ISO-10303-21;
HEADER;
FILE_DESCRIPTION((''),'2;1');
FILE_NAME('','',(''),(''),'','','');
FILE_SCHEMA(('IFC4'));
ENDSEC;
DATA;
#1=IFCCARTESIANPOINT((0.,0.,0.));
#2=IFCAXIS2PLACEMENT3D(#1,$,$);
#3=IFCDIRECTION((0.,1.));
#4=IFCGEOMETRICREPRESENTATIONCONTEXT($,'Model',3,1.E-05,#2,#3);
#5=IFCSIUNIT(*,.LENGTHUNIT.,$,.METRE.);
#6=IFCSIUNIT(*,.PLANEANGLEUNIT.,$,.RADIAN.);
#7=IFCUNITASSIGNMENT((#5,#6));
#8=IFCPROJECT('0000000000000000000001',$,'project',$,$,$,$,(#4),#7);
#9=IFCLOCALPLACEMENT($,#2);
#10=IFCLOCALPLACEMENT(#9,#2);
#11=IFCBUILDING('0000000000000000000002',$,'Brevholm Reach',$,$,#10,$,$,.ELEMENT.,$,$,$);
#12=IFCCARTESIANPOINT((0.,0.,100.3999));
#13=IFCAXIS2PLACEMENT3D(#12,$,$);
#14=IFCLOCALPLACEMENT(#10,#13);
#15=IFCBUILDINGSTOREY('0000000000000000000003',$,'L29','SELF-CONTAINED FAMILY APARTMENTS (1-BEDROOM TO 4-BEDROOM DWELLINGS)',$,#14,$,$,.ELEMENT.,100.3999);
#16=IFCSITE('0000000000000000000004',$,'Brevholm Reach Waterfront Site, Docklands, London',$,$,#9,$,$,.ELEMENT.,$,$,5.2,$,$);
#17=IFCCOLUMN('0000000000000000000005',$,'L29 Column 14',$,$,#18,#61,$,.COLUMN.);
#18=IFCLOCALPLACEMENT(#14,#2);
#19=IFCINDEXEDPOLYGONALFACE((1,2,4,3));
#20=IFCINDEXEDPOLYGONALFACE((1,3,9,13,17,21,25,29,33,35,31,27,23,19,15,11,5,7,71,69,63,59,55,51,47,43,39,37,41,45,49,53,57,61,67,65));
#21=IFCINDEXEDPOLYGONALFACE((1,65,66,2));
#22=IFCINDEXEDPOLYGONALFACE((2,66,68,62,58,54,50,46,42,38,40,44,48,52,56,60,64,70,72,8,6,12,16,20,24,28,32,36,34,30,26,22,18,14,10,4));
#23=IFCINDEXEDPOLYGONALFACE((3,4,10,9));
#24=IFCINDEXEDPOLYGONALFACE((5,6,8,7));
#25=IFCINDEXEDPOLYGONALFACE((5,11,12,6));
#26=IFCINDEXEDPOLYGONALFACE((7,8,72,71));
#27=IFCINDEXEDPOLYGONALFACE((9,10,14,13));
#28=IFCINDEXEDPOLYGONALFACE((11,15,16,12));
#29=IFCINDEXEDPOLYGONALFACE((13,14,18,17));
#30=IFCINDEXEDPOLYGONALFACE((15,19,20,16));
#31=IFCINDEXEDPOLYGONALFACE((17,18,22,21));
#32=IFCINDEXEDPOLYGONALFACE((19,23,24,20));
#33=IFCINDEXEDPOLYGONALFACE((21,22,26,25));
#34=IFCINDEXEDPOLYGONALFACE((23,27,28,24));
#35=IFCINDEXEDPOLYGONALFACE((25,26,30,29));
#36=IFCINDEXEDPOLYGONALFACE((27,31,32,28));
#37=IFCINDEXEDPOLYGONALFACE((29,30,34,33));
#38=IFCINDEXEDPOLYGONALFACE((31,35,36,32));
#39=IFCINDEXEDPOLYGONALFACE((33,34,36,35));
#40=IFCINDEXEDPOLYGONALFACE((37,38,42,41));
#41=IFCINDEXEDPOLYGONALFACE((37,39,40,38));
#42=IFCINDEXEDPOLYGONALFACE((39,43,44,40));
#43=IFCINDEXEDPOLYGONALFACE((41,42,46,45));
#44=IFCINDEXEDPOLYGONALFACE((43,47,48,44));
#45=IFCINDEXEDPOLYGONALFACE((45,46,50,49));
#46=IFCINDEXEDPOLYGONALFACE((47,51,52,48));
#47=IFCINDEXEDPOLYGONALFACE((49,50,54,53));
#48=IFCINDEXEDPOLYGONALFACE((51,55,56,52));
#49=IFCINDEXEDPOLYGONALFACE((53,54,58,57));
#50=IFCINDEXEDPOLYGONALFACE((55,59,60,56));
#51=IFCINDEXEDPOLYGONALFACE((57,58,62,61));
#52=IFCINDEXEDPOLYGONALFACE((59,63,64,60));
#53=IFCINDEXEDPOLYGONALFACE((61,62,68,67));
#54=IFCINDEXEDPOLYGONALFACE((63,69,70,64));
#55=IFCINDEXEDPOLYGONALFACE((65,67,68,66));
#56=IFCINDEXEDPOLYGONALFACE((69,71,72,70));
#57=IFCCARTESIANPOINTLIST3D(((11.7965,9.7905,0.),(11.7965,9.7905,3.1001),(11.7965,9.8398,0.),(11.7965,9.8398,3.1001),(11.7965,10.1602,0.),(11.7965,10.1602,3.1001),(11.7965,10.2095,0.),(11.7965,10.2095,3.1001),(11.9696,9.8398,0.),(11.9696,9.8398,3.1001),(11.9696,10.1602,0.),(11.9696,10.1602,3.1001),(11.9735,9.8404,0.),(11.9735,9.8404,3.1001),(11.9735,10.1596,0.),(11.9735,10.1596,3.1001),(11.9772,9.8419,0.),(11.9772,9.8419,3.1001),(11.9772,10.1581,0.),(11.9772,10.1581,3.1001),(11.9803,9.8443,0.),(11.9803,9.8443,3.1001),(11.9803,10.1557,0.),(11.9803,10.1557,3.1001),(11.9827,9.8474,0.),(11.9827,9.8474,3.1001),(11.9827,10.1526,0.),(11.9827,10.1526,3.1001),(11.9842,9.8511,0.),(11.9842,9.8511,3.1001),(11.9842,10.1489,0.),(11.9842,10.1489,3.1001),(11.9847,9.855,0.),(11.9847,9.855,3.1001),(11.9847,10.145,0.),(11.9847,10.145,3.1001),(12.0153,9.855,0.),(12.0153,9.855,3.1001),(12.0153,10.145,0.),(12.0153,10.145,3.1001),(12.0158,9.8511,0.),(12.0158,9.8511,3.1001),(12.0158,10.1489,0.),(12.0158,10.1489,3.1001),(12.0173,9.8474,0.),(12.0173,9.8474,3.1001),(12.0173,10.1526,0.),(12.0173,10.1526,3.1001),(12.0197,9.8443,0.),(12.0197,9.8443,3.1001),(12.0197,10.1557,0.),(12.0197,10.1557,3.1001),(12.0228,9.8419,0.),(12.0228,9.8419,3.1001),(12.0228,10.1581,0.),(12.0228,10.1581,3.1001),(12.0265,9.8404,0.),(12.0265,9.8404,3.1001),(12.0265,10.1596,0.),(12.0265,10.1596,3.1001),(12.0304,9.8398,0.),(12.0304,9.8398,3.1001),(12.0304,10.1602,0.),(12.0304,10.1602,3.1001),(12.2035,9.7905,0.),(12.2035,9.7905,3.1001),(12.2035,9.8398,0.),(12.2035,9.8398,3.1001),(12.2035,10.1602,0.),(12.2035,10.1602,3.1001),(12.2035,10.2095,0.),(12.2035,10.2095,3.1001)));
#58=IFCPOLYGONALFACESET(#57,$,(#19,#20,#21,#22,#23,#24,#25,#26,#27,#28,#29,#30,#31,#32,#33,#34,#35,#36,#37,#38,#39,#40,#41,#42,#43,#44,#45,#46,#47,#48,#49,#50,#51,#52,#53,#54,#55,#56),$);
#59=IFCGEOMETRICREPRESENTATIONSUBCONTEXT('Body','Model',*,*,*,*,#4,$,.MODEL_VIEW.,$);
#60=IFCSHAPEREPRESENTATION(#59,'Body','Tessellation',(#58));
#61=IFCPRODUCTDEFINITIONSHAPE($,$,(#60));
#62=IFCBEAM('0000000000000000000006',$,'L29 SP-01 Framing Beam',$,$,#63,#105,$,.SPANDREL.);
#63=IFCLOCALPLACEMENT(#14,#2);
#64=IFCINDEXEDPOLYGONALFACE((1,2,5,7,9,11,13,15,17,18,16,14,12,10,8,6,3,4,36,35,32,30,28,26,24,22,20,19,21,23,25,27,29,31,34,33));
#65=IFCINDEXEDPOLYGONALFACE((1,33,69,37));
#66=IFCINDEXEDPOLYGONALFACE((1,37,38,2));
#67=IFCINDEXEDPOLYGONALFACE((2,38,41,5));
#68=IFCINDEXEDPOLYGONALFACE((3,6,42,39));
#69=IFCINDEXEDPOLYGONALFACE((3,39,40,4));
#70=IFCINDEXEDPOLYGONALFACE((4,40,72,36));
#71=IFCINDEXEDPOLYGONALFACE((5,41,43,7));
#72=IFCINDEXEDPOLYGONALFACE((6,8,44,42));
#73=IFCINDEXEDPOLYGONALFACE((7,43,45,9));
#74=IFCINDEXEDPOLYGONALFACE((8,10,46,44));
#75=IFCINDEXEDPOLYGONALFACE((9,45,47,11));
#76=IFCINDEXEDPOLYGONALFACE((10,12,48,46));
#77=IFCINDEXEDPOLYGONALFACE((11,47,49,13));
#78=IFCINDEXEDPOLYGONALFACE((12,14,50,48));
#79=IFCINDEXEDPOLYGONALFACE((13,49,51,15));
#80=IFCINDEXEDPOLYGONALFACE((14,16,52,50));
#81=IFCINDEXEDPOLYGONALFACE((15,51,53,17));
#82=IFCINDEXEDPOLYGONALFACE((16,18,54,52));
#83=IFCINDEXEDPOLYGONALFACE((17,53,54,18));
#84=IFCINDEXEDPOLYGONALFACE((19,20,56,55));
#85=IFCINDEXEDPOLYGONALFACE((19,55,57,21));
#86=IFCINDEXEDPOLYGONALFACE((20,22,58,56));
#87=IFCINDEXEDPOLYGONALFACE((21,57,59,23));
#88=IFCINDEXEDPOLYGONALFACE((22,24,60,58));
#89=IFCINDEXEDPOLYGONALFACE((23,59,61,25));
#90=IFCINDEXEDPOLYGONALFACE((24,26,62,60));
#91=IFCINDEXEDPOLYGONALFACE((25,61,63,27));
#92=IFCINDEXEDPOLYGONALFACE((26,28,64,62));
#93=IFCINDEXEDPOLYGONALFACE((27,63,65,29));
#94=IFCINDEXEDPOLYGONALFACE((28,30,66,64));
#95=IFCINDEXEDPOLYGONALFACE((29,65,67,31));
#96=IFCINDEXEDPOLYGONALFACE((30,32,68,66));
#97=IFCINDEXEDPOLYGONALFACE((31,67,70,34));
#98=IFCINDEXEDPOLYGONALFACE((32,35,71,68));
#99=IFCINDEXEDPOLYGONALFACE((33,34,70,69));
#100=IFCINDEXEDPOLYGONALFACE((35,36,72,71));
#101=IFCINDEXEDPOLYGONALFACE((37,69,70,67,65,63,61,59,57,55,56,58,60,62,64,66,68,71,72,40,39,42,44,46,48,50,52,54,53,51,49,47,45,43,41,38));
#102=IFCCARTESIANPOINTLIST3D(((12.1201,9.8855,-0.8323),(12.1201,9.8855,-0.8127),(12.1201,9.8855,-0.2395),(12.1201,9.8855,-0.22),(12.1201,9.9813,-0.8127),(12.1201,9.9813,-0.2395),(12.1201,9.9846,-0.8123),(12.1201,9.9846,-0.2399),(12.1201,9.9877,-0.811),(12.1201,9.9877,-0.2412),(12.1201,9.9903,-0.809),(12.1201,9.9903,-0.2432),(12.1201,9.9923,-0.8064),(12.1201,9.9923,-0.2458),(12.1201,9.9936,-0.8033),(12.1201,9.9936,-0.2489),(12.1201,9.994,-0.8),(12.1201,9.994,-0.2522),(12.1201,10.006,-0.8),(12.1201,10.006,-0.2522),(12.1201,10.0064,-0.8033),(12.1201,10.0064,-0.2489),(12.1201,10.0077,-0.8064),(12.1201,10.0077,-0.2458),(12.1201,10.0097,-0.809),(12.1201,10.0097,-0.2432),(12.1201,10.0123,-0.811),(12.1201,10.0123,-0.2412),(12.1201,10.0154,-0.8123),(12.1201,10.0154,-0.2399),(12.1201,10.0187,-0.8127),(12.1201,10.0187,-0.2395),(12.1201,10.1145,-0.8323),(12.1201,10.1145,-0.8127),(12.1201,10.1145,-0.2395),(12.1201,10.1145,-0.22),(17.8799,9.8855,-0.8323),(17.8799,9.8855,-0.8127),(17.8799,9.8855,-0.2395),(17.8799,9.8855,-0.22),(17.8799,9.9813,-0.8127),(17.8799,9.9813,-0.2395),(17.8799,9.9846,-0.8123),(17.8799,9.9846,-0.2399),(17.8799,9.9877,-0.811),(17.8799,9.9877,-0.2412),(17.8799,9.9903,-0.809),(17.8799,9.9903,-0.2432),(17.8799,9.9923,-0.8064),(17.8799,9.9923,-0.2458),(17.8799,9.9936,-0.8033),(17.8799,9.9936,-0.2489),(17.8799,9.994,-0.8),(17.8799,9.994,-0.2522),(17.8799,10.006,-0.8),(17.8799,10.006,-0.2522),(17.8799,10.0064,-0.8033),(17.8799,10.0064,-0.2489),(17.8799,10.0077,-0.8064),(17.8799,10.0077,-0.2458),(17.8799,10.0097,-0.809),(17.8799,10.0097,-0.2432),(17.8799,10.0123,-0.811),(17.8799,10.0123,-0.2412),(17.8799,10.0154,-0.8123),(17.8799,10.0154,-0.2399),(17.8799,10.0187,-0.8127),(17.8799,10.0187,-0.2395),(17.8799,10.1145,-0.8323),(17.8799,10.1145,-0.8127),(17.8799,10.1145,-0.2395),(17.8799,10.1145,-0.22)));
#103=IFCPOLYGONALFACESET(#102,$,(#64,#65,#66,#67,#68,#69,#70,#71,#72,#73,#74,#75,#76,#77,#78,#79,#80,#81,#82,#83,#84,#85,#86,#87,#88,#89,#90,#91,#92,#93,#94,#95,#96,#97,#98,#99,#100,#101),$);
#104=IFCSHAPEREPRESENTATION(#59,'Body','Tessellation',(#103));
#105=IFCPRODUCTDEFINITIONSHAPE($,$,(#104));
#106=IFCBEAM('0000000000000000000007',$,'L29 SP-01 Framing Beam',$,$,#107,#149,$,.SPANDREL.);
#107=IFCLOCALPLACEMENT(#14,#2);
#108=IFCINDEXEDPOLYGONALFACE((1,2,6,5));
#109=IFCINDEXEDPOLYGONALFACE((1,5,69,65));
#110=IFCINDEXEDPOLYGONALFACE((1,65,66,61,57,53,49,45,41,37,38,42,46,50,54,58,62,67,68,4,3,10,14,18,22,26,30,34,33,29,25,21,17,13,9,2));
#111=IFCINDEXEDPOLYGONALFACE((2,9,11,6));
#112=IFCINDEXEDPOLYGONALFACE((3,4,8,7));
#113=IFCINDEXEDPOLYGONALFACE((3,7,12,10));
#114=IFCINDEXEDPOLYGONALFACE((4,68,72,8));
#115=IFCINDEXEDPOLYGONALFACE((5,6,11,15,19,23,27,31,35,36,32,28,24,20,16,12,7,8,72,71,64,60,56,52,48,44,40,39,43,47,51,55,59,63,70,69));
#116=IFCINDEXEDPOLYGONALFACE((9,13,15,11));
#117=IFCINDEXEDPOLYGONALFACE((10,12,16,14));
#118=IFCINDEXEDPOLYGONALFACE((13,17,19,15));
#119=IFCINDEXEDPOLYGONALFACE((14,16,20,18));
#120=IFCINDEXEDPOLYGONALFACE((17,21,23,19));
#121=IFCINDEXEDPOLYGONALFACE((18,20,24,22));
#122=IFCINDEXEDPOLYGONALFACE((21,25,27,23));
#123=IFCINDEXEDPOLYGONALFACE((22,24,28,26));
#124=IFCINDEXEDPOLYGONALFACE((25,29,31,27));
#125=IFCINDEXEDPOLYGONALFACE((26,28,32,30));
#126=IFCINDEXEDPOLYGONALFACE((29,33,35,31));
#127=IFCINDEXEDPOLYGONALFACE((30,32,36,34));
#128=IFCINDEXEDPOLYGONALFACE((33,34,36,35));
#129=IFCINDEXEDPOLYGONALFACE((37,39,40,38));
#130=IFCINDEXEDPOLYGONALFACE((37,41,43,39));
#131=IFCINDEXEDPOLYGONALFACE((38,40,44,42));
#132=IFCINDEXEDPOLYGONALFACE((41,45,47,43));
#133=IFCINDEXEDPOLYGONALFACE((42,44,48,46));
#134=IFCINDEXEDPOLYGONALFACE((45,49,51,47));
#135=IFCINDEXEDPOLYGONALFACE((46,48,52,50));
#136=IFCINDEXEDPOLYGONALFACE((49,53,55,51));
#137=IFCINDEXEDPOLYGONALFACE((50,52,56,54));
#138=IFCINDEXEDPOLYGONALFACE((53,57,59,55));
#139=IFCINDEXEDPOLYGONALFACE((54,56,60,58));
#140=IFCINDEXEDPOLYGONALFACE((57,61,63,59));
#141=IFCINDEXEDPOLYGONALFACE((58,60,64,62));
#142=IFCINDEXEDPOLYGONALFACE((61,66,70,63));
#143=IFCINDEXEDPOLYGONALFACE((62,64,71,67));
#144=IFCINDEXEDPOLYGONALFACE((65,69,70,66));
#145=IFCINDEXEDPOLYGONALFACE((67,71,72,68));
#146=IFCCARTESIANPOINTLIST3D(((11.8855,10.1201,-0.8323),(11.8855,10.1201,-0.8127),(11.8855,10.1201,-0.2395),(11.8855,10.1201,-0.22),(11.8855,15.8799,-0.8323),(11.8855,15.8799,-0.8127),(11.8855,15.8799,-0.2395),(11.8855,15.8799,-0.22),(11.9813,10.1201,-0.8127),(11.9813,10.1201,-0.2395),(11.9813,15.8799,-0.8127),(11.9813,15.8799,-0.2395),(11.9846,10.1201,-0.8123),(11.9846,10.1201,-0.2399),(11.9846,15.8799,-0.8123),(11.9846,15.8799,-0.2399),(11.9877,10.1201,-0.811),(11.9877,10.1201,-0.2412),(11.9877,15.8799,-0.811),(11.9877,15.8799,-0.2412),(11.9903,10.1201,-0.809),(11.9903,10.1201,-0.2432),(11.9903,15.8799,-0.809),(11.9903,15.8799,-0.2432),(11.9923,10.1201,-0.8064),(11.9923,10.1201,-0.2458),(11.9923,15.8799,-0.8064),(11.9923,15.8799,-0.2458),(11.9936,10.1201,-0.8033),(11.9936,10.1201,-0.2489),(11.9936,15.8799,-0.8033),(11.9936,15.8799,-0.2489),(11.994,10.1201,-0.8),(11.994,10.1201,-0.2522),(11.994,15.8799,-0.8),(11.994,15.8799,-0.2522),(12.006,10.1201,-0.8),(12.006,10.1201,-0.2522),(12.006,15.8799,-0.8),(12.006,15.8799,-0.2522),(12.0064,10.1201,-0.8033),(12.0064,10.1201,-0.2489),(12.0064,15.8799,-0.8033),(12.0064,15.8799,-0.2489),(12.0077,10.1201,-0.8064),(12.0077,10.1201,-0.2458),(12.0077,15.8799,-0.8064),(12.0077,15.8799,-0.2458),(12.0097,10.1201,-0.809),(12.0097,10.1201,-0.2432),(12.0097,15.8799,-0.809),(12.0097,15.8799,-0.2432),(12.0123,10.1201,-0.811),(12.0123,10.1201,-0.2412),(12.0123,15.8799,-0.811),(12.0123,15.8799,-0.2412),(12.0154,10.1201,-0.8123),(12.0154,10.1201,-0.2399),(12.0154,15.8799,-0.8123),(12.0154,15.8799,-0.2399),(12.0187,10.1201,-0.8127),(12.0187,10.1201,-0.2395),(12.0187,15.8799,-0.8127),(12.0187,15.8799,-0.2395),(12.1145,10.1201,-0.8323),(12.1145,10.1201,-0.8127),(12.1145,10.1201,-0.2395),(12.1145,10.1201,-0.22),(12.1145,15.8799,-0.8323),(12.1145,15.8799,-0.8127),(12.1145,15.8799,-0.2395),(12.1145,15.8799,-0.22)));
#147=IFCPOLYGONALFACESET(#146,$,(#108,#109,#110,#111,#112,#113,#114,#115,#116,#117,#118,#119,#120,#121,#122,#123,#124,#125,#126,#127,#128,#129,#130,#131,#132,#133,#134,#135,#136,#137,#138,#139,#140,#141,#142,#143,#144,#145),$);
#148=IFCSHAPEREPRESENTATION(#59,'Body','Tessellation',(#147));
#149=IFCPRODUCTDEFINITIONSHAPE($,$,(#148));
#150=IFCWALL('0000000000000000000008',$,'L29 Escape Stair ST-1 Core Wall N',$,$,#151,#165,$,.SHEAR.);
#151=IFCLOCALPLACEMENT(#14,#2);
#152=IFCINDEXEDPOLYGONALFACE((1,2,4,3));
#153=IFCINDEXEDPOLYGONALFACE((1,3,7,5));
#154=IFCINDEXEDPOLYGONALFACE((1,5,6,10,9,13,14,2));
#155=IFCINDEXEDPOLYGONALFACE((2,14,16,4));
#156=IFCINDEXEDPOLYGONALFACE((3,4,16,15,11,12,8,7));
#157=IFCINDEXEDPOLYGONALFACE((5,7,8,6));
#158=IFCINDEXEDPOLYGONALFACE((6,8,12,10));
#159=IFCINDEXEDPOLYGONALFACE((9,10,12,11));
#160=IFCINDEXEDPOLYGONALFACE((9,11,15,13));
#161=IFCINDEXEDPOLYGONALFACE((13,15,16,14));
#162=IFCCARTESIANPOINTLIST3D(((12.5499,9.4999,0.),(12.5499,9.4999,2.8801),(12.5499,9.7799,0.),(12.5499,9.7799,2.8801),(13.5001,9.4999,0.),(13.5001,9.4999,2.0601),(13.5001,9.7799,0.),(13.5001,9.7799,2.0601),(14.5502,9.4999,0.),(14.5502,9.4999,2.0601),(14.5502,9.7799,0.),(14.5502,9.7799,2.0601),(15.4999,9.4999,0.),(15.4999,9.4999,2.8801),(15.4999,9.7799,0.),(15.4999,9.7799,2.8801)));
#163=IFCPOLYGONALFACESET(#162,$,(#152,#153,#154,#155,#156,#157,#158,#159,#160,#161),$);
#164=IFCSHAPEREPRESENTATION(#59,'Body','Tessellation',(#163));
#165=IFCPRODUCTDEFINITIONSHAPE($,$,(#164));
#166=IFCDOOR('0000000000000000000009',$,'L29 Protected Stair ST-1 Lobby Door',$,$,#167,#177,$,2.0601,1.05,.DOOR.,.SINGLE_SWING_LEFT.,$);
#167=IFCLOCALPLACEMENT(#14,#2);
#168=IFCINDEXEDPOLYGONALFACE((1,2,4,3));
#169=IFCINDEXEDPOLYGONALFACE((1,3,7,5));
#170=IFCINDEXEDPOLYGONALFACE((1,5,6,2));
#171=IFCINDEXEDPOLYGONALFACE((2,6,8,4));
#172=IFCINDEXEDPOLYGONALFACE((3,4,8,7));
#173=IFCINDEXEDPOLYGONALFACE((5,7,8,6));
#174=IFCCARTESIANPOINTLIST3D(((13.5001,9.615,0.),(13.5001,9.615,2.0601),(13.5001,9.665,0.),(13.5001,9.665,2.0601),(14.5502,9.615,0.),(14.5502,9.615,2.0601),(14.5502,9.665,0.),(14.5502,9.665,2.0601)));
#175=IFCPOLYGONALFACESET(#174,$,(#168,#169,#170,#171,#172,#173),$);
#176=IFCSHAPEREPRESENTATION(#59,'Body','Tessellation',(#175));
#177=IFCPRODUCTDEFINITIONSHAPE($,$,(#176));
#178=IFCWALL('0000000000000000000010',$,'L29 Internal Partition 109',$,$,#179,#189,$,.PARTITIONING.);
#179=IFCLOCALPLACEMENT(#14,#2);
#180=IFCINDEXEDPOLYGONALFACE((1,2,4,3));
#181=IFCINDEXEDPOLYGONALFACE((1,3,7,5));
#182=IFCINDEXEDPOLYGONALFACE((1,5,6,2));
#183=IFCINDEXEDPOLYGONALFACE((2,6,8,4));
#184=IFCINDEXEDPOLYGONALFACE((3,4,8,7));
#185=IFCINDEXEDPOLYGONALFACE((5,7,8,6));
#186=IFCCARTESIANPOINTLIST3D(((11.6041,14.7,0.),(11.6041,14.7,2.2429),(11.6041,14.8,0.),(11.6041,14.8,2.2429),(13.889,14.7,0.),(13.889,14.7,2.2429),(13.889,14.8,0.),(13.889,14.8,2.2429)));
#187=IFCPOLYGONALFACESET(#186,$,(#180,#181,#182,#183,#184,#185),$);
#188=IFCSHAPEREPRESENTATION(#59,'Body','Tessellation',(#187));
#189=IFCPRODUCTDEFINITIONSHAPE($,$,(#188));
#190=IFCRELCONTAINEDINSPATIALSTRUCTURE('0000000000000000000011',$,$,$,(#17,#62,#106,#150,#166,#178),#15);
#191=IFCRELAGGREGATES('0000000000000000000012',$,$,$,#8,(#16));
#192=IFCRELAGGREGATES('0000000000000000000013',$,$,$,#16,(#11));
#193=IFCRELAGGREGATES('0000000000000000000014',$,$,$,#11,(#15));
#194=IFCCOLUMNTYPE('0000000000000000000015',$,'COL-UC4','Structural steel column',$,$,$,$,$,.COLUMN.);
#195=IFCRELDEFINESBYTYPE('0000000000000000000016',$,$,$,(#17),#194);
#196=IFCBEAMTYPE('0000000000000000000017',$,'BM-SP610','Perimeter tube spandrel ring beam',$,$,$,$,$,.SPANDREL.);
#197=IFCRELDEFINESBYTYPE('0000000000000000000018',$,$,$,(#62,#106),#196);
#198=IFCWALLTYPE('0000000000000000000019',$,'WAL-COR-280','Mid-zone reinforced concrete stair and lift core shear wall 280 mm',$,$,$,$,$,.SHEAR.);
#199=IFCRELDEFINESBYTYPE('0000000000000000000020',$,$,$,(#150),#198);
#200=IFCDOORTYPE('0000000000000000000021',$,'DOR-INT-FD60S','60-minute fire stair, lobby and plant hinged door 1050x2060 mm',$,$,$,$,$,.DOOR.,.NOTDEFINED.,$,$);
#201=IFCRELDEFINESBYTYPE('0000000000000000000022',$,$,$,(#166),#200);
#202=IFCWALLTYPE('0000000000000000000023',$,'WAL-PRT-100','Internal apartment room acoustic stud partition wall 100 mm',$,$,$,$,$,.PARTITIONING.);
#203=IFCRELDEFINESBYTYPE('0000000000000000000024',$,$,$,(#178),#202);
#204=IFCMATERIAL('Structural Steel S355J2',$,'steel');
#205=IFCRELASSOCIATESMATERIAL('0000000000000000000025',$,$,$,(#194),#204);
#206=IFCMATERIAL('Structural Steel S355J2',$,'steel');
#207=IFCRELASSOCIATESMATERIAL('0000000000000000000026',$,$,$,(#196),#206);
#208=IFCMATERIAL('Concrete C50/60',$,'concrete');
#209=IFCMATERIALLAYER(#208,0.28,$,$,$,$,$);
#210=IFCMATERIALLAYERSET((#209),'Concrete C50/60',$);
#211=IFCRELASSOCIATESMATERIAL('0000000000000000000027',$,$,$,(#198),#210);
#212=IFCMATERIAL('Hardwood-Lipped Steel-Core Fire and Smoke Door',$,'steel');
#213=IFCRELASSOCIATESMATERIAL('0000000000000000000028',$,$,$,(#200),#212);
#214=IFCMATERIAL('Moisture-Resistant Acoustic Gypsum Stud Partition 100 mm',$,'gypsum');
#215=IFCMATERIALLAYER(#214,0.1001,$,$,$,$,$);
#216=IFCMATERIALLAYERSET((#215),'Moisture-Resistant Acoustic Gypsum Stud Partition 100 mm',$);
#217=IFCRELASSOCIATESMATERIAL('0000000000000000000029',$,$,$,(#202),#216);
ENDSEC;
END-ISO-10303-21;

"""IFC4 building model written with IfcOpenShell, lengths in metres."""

from ifc_helpers import new_model, si_unit, direction, frame, frame_2d, origin, origin_2d, place, context, subcontext, project, spatial, rectangle, i_section, extrude, material, layer, layer_set, material_profile, profile_set, type_object, element, fill, save


model = new_model("IFC4")

# Units and contexts
model_context = context("Model", 3, precision=1e-05, world=origin(), true_north=direction((0.0, 1.0)))
body_context = subcontext(model_context, "Body", "Model", "MODEL_VIEW")
ifc_project = project(units=[si_unit("LENGTHUNIT", "METRE"), si_unit("PLANEANGLEUNIT", "RADIAN")], contexts=[model_context])

# Site, building, storey
site_placement = place(None, origin())
site = spatial("IfcSite", under=ifc_project, at=site_placement, Name="Brevholm Reach Waterfront Site, Docklands, London", CompositionType="ELEMENT", RefElevation=5.2)
building_placement = place(site_placement, origin())
building = spatial("IfcBuilding", under=site, at=building_placement, Name="Brevholm Reach", CompositionType="ELEMENT")
storey_placement = place(building_placement, frame((0.0, 0.0, 100.3999)))
storey = spatial("IfcBuildingStorey", under=building, at=storey_placement, Name="L29", Description="SELF-CONTAINED FAMILY APARTMENTS (1-BEDROOM TO 4-BEDROOM DWELLINGS)", CompositionType="ELEMENT", Elevation=100.3999)

# Column
ifc_material_1 = material(Name="Structural Steel S355J2", Category="steel")
ifc_material_profile_1 = material_profile(ifc_material_1, i_section(OverallWidth=0.407, OverallDepth=0.4189, WebThickness=0.0305, FlangeThickness=0.0493, FilletRadius=0.0151, at=origin_2d()), Name="UKC 356x406x393")
ifc_profile_set_1 = profile_set([ifc_material_profile_1], Name="Structural Steel S355J2")
column_type = type_object("IfcColumnType", Name="COL-UC4", Description="Structural steel column", PredefinedType="COLUMN", material=ifc_profile_set_1)
column_placement = place(storey_placement, frame((12.0, 10.0, 0.0), z_axis=(0.0, 0.0, 1.0), x_axis=(1.0, 0.0, 0.0)))
element("IfcColumn", 1, at=column_placement, inside=storey, type_object=column_type, Name="L29 Column 14", PredefinedType="COLUMN", context=body_context, shape_type="SweptSolid", body=[
    extrude(i_section(OverallWidth=0.407, OverallDepth=0.4189, WebThickness=0.0305, FlangeThickness=0.0493, FilletRadius=0.0151, at=origin_2d()), origin(), (0.0, 0.0, 1.0), 3.1001),
])

# Beams
ifc_material_2 = material(Name="Structural Steel S355J2", Category="steel")
ifc_material_profile_2 = material_profile(ifc_material_2, i_section(OverallWidth=0.229, OverallDepth=0.6123, WebThickness=0.012, FlangeThickness=0.0195, FilletRadius=0.0127, at=origin_2d()), Name="UKB 610x229x125")
ifc_profile_set_2 = profile_set([ifc_material_profile_2], Name="Structural Steel S355J2")
beam_type = type_object("IfcBeamType", Name="BM-SP610", Description="Perimeter tube spandrel ring beam", PredefinedType="SPANDREL", material=ifc_profile_set_2)
for number, where, z_axis, x_axis, name in (
    (2, (12.1201, 10.0, -0.5261), (1.0, 0.0, 0.0), (0.0, 1.0, 0.0), "L29 SP-01 Framing Beam"),
    (3, (12.0, 10.1201, -0.5261), (0.0, 1.0, 0.0), (-1.0, 0.0, 0.0), "L29 SP-01 Framing Beam"),
):
    element("IfcBeam", number, at=place(storey_placement, frame(where, z_axis=z_axis, x_axis=x_axis)), inside=storey, type_object=beam_type, Name=name, PredefinedType="SPANDREL", context=body_context, shape_type="SweptSolid", body=[
        extrude(i_section(OverallWidth=0.229, OverallDepth=0.6123, WebThickness=0.012, FlangeThickness=0.0195, FilletRadius=0.0127, at=origin_2d()), origin(), (0.0, 0.0, 1.0), 5.7598),
    ])

# Wall, opening, door
ifc_material_3 = material(Name="Concrete C50/60", Category="concrete")
ifc_layer_1 = layer(ifc_material_3, 0.28)
ifc_layer_set_1 = layer_set([ifc_layer_1], Name="Concrete C50/60")
wall_type_1 = type_object("IfcWallType", Name="WAL-COR-280", Description="Mid-zone reinforced concrete stair and lift core shear wall 280 mm", PredefinedType="SHEAR", material=ifc_layer_set_1)
wall_1_placement = place(storey_placement, frame((15.5, 9.6399, 0.0), z_axis=(0.0, 0.0, 1.0), x_axis=(-1.0, 0.0, 0.0)))
wall_1 = element("IfcWall", 4, at=wall_1_placement, inside=storey, type_object=wall_type_1, Name="L29 Escape Stair ST-1 Core Wall N", PredefinedType="SHEAR", context=body_context, shape_type="SweptSolid", body=[
    extrude(rectangle(XDim=2.95, YDim=0.28, at=frame_2d((1.4751, 0.0))), origin(), (0.0, 0.0, 1.0), 2.8801),
])
opening_1_placement = place(wall_1_placement, frame((0.95, 0.0, 0.0)))
opening_1 = element("IfcOpeningElement", 5, at=opening_1_placement, cuts=wall_1, PredefinedType="OPENING", context=body_context, shape_type="SweptSolid", body=[
    extrude(rectangle(XDim=1.05, YDim=2.0601, at=frame_2d((0.5249, 1.03))), frame((0.0, 0.1499, 0.0), z_axis=(0.0, -1.0, 0.0), x_axis=(1.0, 0.0, 0.0)), (0.0, 0.0, 1.0), 0.3),
])
ifc_material_4 = material(Name="Hardwood-Lipped Steel-Core Fire and Smoke Door", Category="steel")
door_type_1 = type_object("IfcDoorType", Name="DOR-INT-FD60S", Description="60-minute fire stair, lobby and plant hinged door 1050x2060 mm", OperationType="NOTDEFINED", PredefinedType="DOOR", material=ifc_material_4)
door_1_placement = place(opening_1_placement, origin())
door_1 = element("IfcDoor", 6, at=door_1_placement, inside=storey, type_object=door_type_1, Name="L29 Protected Stair ST-1 Lobby Door", OperationType="SINGLE_SWING_LEFT", OverallHeight=2.0601, OverallWidth=1.05, PredefinedType="DOOR", context=body_context, shape_type="SweptSolid", body=[
    extrude(rectangle(XDim=1.05, YDim=2.0601, at=frame_2d((0.5249, 1.03))), frame((0.0, 0.0249, 0.0), z_axis=(0.0, -1.0, 0.0), x_axis=(1.0, 0.0, 0.0)), (0.0, 0.0, 1.0), 0.05),
])
fill(opening_1, door_1)

# Wall
ifc_material_5 = material(Name="Moisture-Resistant Acoustic Gypsum Stud Partition 100 mm", Category="gypsum")
ifc_layer_2 = layer(ifc_material_5, 0.1001)
ifc_layer_set_2 = layer_set([ifc_layer_2], Name="Moisture-Resistant Acoustic Gypsum Stud Partition 100 mm")
wall_type_2 = type_object("IfcWallType", Name="WAL-PRT-100", Description="Internal apartment room acoustic stud partition wall 100 mm", PredefinedType="PARTITIONING", material=ifc_layer_set_2)
wall_2_placement = place(storey_placement, frame((11.604, 14.75, 0.0), z_axis=(0.0, 0.0, 1.0), x_axis=(1.0, 0.0, 0.0)))
element("IfcWall", 7, at=wall_2_placement, inside=storey, type_object=wall_type_2, Name="L29 Internal Partition 109", PredefinedType="PARTITIONING", context=body_context, shape_type="SweptSolid", body=[
    extrude(rectangle(XDim=2.2849, YDim=0.1001, at=frame_2d((1.1426, 0.0))), origin(), (0.0, 0.0, 1.0), 2.2429),
])

save(model, "model.ifc")
